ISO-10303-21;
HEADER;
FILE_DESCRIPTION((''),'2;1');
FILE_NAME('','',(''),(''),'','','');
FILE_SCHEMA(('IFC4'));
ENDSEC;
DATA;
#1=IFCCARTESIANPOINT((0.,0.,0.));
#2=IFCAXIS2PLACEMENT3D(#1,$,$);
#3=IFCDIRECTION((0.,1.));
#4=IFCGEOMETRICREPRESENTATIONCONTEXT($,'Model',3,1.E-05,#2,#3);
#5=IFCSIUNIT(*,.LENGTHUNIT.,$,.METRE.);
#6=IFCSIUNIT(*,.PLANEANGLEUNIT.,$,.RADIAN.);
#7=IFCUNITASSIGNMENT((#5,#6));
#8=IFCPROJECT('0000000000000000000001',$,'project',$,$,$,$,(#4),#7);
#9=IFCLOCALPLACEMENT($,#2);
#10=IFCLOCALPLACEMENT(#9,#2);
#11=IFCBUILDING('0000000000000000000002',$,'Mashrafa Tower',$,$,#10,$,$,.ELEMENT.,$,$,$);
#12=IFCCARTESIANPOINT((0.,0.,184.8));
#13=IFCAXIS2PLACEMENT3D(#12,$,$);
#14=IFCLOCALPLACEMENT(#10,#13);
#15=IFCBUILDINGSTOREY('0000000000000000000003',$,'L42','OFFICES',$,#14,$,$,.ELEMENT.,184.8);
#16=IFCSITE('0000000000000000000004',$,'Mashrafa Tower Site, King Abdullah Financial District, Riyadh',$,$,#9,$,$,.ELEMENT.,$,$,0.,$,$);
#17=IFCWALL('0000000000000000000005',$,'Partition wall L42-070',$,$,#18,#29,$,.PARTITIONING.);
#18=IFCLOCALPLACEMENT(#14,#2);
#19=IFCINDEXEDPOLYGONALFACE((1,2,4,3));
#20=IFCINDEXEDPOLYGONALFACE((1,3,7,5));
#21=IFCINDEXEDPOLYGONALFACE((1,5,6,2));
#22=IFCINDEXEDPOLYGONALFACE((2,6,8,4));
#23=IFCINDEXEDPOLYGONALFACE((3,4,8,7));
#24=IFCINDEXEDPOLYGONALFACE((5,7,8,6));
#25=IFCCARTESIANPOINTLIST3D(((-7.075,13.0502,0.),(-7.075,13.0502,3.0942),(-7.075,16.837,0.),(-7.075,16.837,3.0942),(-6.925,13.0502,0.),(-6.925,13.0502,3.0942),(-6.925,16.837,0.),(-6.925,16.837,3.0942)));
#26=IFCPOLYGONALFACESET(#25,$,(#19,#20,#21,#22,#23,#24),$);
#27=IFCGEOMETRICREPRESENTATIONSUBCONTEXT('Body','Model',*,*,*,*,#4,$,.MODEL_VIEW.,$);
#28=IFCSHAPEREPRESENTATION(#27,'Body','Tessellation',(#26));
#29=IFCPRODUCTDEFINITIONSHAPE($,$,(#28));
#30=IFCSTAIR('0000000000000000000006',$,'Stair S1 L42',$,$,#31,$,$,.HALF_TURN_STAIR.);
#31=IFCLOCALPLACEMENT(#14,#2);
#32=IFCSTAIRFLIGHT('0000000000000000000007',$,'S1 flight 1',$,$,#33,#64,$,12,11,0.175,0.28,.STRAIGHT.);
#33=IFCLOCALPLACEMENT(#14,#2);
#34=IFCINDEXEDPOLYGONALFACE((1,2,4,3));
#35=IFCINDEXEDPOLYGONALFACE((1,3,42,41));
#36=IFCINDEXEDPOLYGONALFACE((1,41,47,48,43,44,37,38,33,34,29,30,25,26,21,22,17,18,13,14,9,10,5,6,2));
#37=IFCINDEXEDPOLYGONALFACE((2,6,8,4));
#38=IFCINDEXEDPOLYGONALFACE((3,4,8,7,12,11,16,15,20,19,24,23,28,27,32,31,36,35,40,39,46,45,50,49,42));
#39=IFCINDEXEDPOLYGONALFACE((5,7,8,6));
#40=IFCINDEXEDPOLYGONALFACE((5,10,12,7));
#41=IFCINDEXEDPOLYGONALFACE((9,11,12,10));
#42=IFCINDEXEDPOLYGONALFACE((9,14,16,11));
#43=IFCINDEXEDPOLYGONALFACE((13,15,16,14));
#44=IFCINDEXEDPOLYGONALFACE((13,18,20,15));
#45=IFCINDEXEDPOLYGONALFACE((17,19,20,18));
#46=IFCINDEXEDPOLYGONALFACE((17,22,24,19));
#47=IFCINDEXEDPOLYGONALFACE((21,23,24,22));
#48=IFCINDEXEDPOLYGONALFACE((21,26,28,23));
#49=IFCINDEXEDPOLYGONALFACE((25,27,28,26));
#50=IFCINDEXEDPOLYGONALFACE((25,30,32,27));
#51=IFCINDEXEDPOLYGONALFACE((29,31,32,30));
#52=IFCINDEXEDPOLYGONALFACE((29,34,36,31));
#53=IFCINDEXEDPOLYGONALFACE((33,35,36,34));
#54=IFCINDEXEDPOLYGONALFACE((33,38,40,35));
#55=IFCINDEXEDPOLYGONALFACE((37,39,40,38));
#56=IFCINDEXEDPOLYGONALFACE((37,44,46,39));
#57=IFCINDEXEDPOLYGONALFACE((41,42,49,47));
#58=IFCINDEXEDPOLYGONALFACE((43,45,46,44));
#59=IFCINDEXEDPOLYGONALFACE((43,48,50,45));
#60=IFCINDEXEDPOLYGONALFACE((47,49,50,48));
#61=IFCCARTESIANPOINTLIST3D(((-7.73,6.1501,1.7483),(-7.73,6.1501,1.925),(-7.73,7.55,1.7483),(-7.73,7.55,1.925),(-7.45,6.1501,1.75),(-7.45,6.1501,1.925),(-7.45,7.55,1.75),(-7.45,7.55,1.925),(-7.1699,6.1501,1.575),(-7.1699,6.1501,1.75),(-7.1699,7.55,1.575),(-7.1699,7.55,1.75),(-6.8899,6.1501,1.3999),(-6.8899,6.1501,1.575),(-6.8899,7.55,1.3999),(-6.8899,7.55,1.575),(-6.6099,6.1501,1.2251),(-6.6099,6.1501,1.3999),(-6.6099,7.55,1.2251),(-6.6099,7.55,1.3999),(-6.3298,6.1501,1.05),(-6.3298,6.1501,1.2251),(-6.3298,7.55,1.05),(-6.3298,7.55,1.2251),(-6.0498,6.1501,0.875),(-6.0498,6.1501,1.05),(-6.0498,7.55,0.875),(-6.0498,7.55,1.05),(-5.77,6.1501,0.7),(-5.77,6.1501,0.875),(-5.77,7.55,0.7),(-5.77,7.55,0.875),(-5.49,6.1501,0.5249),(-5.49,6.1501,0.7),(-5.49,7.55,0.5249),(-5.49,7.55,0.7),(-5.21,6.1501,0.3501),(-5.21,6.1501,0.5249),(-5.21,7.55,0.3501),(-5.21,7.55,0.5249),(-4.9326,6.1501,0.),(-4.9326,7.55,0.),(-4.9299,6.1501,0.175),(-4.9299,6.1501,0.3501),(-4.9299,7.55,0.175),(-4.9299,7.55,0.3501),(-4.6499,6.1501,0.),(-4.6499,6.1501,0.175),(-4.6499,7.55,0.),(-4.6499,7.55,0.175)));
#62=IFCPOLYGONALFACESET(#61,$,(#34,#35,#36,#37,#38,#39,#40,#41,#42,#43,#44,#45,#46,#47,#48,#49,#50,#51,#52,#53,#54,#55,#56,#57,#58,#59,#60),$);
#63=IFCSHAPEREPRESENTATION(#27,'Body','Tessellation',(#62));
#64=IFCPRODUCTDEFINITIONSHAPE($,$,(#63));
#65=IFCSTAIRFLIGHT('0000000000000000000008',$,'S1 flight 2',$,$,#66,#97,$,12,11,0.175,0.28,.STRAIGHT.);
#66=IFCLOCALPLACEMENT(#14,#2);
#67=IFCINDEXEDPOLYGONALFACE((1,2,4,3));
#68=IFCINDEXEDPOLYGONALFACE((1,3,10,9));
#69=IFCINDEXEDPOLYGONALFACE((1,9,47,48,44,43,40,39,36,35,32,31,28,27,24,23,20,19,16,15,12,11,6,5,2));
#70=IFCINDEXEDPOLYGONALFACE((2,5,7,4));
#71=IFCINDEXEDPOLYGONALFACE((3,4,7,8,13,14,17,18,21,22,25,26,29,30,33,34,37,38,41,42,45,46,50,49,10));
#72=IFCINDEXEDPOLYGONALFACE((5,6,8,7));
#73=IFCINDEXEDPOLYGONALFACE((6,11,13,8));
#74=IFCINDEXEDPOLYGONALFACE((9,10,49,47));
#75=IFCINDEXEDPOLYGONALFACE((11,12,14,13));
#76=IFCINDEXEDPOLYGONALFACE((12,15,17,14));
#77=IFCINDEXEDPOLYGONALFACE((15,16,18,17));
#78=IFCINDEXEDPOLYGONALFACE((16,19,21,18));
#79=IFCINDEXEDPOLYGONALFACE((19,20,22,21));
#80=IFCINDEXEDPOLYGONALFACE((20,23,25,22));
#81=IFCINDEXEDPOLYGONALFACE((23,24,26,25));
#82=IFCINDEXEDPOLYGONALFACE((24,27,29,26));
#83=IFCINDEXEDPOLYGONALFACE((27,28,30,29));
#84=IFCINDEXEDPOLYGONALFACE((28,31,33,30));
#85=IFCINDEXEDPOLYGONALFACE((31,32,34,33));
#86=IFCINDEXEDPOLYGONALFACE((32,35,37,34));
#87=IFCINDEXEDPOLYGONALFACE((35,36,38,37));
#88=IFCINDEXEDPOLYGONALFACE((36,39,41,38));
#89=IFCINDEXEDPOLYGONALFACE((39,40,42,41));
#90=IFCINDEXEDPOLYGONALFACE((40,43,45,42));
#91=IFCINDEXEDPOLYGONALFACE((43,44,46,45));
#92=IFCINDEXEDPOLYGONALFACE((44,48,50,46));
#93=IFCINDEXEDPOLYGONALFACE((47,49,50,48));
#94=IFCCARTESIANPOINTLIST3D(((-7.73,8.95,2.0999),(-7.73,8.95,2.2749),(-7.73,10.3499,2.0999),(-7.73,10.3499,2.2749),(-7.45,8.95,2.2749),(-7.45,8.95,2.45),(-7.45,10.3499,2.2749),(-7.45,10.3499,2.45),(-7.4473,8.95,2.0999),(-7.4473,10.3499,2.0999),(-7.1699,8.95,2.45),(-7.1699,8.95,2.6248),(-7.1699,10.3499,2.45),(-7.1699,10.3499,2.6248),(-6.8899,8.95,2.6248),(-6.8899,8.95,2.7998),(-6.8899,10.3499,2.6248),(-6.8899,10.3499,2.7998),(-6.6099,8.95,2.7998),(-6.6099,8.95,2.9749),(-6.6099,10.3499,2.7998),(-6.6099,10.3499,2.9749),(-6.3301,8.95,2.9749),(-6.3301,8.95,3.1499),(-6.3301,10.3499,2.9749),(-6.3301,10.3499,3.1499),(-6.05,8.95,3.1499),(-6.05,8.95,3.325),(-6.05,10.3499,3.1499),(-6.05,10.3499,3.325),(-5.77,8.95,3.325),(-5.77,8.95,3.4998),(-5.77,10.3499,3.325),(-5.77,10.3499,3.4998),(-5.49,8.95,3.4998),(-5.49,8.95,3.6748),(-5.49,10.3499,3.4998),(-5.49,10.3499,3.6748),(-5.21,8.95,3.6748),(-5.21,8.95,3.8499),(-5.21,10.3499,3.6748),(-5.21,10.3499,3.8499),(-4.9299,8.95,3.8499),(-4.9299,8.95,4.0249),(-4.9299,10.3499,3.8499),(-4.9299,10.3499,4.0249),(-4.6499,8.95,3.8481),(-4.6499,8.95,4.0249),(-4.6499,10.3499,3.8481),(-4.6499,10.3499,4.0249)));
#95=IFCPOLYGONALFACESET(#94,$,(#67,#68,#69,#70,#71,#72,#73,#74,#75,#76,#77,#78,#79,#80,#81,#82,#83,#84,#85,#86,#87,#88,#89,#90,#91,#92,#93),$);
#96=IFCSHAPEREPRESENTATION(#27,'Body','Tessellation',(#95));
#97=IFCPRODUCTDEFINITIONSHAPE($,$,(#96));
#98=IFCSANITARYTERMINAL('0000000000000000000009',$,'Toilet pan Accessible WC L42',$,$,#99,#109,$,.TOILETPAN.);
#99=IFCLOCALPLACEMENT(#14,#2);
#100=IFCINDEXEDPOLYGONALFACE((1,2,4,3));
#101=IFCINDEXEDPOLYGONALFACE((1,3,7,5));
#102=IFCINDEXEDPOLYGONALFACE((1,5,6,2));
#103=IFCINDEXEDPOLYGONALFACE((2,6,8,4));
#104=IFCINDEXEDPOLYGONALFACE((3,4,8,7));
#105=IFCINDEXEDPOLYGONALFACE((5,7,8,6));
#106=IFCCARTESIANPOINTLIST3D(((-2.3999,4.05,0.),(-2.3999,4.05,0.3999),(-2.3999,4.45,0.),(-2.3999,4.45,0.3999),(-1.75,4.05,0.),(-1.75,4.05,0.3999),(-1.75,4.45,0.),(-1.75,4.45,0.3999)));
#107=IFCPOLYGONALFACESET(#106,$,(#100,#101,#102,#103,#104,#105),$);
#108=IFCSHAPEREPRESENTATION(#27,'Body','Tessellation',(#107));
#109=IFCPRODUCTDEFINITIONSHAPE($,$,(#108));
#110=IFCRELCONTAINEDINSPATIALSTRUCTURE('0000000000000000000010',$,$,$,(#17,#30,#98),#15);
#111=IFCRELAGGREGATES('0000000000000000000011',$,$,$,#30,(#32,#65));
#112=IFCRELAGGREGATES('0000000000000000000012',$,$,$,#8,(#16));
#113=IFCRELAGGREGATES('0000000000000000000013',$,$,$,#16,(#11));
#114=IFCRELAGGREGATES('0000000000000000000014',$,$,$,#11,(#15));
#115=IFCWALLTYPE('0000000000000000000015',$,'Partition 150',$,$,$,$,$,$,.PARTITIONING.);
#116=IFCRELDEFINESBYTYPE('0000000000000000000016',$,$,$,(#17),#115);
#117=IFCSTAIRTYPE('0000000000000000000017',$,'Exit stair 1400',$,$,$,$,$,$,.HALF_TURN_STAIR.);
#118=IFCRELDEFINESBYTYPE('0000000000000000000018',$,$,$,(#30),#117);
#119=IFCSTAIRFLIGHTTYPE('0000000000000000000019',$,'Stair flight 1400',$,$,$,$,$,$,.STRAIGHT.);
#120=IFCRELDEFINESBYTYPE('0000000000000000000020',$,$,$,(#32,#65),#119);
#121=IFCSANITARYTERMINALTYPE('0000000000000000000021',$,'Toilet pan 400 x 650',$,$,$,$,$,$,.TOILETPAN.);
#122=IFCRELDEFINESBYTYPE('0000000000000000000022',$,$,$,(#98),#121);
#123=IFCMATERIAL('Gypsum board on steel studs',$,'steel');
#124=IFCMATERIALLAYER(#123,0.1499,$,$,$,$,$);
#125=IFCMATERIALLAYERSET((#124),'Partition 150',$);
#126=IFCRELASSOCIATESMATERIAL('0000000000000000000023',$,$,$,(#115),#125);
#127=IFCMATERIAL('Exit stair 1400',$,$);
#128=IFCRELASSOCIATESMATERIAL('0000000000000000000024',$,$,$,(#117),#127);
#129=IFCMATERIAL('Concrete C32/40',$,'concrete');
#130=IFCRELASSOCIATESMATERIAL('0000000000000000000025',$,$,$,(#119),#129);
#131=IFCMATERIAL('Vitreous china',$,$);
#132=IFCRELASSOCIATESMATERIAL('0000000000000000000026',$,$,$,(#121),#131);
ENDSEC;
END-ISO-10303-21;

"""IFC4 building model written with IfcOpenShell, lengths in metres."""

from ifc_helpers import new_model, si_unit, direction, frame, frame_2d, origin, origin_2d, place, context, subcontext, project, spatial, polyline, rectangle, outline, extrude, material, layer, layer_set, type_object, element, aggregate, save


model = new_model("IFC4")

# Units and contexts
model_context = context("Model", 3, precision=1e-05, world=origin(), true_north=direction((0.0, 1.0)))
body_context = subcontext(model_context, "Body", "Model", "MODEL_VIEW")
ifc_project = project(units=[si_unit("LENGTHUNIT", "METRE"), si_unit("PLANEANGLEUNIT", "RADIAN")], contexts=[model_context])

# Site, building, storey
site_placement = place(None, origin())
site = spatial("IfcSite", under=ifc_project, at=site_placement, Name="Mashrafa Tower Site, King Abdullah Financial District, Riyadh", CompositionType="ELEMENT", RefElevation=0.0)
building_placement = place(site_placement, origin())
building = spatial("IfcBuilding", under=site, at=building_placement, Name="Mashrafa Tower", CompositionType="ELEMENT")
storey_placement = place(building_placement, frame((0.0, 0.0, 184.8)))
storey = spatial("IfcBuildingStorey", under=building, at=storey_placement, Name="L42", Description="OFFICES", CompositionType="ELEMENT", Elevation=184.8)

# Wall
ifc_material_1 = material(Name="Gypsum board on steel studs", Category="steel")
ifc_layer_1 = layer(ifc_material_1, 0.1499)
ifc_layer_set_1 = layer_set([ifc_layer_1], Name="Partition 150")
wall_type_1 = type_object("IfcWallType", Name="Partition 150", PredefinedType="PARTITIONING", material=ifc_layer_set_1)
wall_1_placement = place(storey_placement, frame((-7.0, 13.05, 0.0), z_axis=(0.0, 0.0, 1.0), x_axis=(0.0, 1.0, 0.0)))
element("IfcWall", 1, at=wall_1_placement, inside=storey, type_object=wall_type_1, Name="Partition wall L42-070", PredefinedType="PARTITIONING", context=body_context, shape_type="SweptSolid", body=[
    extrude(rectangle(XDim=3.7869, YDim=0.1499, at=frame_2d((1.8936, 0.0))), origin(), (0.0, 0.0, 1.0), 3.0942),
])

# Stair, stair flights
ifc_material_2 = material(Name="Exit stair 1400")
stair_type = type_object("IfcStairType", Name="Exit stair 1400", PredefinedType="HALF_TURN_STAIR", material=ifc_material_2)
stair_placement = place(storey_placement, origin())
stair = element("IfcStair", 2, at=stair_placement, inside=storey, type_object=stair_type, Name="Stair S1 L42", PredefinedType="HALF_TURN_STAIR")
ifc_material_3 = material(Name="Concrete C32/40", Category="concrete")
stair_flight_type = type_object("IfcStairFlightType", Name="Stair flight 1400", PredefinedType="STRAIGHT", material=ifc_material_3)
stair_flight_1_placement = place(storey_placement, frame((-4.6499, 6.8501, 0.0), z_axis=(0.0, 0.0, 1.0), x_axis=(-1.0, 0.0, 0.0)))
stair_flight_1 = element("IfcStairFlight", 3, at=stair_flight_1_placement, type_object=stair_flight_type, Name="S1 flight 1", NumberOfRisers=12, NumberOfTreads=11, PredefinedType="STRAIGHT", RiserHeight=0.175, TreadLength=0.28, context=body_context, shape_type="SweptSolid", body=[
    extrude(outline(polyline([(0.0, 0.0), (0.0, 0.175), (0.28, 0.175), (0.28, 0.3501), (0.5601, 0.3501), (0.5601, 0.5249), (0.8401, 0.5249), (0.8401, 0.7), (1.1201, 0.7), (1.1201, 0.875), (1.3999, 0.875), (1.3999, 1.05), (1.6799, 1.05), (1.6799, 1.2251), (1.96, 1.2251), (1.96, 1.3999), (2.24, 1.3999), (2.24, 1.575), (2.52, 1.575), (2.52, 1.75), (2.8, 1.75), (2.8, 1.925), (3.0801, 1.925), (3.0801, 2.1001), (3.0801, 1.7483), (0.2827, 0.0), (0.0, 0.0)])), frame((0.0, 0.7, 0.0), z_axis=(0.0, -1.0, 0.0), x_axis=(1.0, 0.0, 0.0)), (0.0, 0.0, 1.0), 1.3999),
])
stair_flight_2_placement = place(storey_placement, frame((-7.73, 9.6499, 2.0999), z_axis=(0.0, 0.0, 1.0), x_axis=(1.0, 0.0, 0.0)))
stair_flight_2 = element("IfcStairFlight", 4, at=stair_flight_2_placement, type_object=stair_flight_type, Name="S1 flight 2", NumberOfRisers=12, NumberOfTreads=11, PredefinedType="STRAIGHT", RiserHeight=0.175, TreadLength=0.28, context=body_context, shape_type="SweptSolid", body=[
    extrude(outline(polyline([(0.0, 0.0), (0.0, 0.175), (0.28, 0.175), (0.28, 0.3501), (0.5601, 0.3501), (0.5601, 0.5249), (0.8401, 0.5249), (0.8401, 0.7), (1.1201, 0.7), (1.1201, 0.875), (1.3999, 0.875), (1.3999, 1.05), (1.6799, 1.05), (1.6799, 1.2251), (1.96, 1.2251), (1.96, 1.3999), (2.24, 1.3999), (2.24, 1.575), (2.52, 1.575), (2.52, 1.75), (2.8, 1.75), (2.8, 1.925), (3.0801, 1.925), (3.0801, 2.1001), (3.0801, 1.7483), (0.2827, 0.0), (0.0, 0.0)])), frame((0.0, 0.7, 0.0), z_axis=(0.0, -1.0, 0.0), x_axis=(1.0, 0.0, 0.0)), (0.0, 0.0, 1.0), 1.3999),
])
aggregate(stair, [stair_flight_1, stair_flight_2])

# Sanitary terminal
ifc_material_4 = material(Name="Vitreous china")
sanitary_terminal_type = type_object("IfcSanitaryTerminalType", Name="Toilet pan 400 x 650", PredefinedType="TOILETPAN", material=ifc_material_4)
sanitary_terminal_placement = place(storey_placement, frame((-2.075, 4.25, 0.0), z_axis=(0.0, 0.0, 1.0), x_axis=(0.0, 1.0, 0.0)))
element("IfcSanitaryTerminal", 5, at=sanitary_terminal_placement, inside=storey, type_object=sanitary_terminal_type, Name="Toilet pan Accessible WC L42", PredefinedType="TOILETPAN", context=body_context, shape_type="SweptSolid", body=[
    extrude(rectangle(XDim=0.3999, YDim=0.6499, at=origin_2d()), origin(), (0.0, 0.0, 1.0), 0.3999),
])

save(model, "model.ifc")
